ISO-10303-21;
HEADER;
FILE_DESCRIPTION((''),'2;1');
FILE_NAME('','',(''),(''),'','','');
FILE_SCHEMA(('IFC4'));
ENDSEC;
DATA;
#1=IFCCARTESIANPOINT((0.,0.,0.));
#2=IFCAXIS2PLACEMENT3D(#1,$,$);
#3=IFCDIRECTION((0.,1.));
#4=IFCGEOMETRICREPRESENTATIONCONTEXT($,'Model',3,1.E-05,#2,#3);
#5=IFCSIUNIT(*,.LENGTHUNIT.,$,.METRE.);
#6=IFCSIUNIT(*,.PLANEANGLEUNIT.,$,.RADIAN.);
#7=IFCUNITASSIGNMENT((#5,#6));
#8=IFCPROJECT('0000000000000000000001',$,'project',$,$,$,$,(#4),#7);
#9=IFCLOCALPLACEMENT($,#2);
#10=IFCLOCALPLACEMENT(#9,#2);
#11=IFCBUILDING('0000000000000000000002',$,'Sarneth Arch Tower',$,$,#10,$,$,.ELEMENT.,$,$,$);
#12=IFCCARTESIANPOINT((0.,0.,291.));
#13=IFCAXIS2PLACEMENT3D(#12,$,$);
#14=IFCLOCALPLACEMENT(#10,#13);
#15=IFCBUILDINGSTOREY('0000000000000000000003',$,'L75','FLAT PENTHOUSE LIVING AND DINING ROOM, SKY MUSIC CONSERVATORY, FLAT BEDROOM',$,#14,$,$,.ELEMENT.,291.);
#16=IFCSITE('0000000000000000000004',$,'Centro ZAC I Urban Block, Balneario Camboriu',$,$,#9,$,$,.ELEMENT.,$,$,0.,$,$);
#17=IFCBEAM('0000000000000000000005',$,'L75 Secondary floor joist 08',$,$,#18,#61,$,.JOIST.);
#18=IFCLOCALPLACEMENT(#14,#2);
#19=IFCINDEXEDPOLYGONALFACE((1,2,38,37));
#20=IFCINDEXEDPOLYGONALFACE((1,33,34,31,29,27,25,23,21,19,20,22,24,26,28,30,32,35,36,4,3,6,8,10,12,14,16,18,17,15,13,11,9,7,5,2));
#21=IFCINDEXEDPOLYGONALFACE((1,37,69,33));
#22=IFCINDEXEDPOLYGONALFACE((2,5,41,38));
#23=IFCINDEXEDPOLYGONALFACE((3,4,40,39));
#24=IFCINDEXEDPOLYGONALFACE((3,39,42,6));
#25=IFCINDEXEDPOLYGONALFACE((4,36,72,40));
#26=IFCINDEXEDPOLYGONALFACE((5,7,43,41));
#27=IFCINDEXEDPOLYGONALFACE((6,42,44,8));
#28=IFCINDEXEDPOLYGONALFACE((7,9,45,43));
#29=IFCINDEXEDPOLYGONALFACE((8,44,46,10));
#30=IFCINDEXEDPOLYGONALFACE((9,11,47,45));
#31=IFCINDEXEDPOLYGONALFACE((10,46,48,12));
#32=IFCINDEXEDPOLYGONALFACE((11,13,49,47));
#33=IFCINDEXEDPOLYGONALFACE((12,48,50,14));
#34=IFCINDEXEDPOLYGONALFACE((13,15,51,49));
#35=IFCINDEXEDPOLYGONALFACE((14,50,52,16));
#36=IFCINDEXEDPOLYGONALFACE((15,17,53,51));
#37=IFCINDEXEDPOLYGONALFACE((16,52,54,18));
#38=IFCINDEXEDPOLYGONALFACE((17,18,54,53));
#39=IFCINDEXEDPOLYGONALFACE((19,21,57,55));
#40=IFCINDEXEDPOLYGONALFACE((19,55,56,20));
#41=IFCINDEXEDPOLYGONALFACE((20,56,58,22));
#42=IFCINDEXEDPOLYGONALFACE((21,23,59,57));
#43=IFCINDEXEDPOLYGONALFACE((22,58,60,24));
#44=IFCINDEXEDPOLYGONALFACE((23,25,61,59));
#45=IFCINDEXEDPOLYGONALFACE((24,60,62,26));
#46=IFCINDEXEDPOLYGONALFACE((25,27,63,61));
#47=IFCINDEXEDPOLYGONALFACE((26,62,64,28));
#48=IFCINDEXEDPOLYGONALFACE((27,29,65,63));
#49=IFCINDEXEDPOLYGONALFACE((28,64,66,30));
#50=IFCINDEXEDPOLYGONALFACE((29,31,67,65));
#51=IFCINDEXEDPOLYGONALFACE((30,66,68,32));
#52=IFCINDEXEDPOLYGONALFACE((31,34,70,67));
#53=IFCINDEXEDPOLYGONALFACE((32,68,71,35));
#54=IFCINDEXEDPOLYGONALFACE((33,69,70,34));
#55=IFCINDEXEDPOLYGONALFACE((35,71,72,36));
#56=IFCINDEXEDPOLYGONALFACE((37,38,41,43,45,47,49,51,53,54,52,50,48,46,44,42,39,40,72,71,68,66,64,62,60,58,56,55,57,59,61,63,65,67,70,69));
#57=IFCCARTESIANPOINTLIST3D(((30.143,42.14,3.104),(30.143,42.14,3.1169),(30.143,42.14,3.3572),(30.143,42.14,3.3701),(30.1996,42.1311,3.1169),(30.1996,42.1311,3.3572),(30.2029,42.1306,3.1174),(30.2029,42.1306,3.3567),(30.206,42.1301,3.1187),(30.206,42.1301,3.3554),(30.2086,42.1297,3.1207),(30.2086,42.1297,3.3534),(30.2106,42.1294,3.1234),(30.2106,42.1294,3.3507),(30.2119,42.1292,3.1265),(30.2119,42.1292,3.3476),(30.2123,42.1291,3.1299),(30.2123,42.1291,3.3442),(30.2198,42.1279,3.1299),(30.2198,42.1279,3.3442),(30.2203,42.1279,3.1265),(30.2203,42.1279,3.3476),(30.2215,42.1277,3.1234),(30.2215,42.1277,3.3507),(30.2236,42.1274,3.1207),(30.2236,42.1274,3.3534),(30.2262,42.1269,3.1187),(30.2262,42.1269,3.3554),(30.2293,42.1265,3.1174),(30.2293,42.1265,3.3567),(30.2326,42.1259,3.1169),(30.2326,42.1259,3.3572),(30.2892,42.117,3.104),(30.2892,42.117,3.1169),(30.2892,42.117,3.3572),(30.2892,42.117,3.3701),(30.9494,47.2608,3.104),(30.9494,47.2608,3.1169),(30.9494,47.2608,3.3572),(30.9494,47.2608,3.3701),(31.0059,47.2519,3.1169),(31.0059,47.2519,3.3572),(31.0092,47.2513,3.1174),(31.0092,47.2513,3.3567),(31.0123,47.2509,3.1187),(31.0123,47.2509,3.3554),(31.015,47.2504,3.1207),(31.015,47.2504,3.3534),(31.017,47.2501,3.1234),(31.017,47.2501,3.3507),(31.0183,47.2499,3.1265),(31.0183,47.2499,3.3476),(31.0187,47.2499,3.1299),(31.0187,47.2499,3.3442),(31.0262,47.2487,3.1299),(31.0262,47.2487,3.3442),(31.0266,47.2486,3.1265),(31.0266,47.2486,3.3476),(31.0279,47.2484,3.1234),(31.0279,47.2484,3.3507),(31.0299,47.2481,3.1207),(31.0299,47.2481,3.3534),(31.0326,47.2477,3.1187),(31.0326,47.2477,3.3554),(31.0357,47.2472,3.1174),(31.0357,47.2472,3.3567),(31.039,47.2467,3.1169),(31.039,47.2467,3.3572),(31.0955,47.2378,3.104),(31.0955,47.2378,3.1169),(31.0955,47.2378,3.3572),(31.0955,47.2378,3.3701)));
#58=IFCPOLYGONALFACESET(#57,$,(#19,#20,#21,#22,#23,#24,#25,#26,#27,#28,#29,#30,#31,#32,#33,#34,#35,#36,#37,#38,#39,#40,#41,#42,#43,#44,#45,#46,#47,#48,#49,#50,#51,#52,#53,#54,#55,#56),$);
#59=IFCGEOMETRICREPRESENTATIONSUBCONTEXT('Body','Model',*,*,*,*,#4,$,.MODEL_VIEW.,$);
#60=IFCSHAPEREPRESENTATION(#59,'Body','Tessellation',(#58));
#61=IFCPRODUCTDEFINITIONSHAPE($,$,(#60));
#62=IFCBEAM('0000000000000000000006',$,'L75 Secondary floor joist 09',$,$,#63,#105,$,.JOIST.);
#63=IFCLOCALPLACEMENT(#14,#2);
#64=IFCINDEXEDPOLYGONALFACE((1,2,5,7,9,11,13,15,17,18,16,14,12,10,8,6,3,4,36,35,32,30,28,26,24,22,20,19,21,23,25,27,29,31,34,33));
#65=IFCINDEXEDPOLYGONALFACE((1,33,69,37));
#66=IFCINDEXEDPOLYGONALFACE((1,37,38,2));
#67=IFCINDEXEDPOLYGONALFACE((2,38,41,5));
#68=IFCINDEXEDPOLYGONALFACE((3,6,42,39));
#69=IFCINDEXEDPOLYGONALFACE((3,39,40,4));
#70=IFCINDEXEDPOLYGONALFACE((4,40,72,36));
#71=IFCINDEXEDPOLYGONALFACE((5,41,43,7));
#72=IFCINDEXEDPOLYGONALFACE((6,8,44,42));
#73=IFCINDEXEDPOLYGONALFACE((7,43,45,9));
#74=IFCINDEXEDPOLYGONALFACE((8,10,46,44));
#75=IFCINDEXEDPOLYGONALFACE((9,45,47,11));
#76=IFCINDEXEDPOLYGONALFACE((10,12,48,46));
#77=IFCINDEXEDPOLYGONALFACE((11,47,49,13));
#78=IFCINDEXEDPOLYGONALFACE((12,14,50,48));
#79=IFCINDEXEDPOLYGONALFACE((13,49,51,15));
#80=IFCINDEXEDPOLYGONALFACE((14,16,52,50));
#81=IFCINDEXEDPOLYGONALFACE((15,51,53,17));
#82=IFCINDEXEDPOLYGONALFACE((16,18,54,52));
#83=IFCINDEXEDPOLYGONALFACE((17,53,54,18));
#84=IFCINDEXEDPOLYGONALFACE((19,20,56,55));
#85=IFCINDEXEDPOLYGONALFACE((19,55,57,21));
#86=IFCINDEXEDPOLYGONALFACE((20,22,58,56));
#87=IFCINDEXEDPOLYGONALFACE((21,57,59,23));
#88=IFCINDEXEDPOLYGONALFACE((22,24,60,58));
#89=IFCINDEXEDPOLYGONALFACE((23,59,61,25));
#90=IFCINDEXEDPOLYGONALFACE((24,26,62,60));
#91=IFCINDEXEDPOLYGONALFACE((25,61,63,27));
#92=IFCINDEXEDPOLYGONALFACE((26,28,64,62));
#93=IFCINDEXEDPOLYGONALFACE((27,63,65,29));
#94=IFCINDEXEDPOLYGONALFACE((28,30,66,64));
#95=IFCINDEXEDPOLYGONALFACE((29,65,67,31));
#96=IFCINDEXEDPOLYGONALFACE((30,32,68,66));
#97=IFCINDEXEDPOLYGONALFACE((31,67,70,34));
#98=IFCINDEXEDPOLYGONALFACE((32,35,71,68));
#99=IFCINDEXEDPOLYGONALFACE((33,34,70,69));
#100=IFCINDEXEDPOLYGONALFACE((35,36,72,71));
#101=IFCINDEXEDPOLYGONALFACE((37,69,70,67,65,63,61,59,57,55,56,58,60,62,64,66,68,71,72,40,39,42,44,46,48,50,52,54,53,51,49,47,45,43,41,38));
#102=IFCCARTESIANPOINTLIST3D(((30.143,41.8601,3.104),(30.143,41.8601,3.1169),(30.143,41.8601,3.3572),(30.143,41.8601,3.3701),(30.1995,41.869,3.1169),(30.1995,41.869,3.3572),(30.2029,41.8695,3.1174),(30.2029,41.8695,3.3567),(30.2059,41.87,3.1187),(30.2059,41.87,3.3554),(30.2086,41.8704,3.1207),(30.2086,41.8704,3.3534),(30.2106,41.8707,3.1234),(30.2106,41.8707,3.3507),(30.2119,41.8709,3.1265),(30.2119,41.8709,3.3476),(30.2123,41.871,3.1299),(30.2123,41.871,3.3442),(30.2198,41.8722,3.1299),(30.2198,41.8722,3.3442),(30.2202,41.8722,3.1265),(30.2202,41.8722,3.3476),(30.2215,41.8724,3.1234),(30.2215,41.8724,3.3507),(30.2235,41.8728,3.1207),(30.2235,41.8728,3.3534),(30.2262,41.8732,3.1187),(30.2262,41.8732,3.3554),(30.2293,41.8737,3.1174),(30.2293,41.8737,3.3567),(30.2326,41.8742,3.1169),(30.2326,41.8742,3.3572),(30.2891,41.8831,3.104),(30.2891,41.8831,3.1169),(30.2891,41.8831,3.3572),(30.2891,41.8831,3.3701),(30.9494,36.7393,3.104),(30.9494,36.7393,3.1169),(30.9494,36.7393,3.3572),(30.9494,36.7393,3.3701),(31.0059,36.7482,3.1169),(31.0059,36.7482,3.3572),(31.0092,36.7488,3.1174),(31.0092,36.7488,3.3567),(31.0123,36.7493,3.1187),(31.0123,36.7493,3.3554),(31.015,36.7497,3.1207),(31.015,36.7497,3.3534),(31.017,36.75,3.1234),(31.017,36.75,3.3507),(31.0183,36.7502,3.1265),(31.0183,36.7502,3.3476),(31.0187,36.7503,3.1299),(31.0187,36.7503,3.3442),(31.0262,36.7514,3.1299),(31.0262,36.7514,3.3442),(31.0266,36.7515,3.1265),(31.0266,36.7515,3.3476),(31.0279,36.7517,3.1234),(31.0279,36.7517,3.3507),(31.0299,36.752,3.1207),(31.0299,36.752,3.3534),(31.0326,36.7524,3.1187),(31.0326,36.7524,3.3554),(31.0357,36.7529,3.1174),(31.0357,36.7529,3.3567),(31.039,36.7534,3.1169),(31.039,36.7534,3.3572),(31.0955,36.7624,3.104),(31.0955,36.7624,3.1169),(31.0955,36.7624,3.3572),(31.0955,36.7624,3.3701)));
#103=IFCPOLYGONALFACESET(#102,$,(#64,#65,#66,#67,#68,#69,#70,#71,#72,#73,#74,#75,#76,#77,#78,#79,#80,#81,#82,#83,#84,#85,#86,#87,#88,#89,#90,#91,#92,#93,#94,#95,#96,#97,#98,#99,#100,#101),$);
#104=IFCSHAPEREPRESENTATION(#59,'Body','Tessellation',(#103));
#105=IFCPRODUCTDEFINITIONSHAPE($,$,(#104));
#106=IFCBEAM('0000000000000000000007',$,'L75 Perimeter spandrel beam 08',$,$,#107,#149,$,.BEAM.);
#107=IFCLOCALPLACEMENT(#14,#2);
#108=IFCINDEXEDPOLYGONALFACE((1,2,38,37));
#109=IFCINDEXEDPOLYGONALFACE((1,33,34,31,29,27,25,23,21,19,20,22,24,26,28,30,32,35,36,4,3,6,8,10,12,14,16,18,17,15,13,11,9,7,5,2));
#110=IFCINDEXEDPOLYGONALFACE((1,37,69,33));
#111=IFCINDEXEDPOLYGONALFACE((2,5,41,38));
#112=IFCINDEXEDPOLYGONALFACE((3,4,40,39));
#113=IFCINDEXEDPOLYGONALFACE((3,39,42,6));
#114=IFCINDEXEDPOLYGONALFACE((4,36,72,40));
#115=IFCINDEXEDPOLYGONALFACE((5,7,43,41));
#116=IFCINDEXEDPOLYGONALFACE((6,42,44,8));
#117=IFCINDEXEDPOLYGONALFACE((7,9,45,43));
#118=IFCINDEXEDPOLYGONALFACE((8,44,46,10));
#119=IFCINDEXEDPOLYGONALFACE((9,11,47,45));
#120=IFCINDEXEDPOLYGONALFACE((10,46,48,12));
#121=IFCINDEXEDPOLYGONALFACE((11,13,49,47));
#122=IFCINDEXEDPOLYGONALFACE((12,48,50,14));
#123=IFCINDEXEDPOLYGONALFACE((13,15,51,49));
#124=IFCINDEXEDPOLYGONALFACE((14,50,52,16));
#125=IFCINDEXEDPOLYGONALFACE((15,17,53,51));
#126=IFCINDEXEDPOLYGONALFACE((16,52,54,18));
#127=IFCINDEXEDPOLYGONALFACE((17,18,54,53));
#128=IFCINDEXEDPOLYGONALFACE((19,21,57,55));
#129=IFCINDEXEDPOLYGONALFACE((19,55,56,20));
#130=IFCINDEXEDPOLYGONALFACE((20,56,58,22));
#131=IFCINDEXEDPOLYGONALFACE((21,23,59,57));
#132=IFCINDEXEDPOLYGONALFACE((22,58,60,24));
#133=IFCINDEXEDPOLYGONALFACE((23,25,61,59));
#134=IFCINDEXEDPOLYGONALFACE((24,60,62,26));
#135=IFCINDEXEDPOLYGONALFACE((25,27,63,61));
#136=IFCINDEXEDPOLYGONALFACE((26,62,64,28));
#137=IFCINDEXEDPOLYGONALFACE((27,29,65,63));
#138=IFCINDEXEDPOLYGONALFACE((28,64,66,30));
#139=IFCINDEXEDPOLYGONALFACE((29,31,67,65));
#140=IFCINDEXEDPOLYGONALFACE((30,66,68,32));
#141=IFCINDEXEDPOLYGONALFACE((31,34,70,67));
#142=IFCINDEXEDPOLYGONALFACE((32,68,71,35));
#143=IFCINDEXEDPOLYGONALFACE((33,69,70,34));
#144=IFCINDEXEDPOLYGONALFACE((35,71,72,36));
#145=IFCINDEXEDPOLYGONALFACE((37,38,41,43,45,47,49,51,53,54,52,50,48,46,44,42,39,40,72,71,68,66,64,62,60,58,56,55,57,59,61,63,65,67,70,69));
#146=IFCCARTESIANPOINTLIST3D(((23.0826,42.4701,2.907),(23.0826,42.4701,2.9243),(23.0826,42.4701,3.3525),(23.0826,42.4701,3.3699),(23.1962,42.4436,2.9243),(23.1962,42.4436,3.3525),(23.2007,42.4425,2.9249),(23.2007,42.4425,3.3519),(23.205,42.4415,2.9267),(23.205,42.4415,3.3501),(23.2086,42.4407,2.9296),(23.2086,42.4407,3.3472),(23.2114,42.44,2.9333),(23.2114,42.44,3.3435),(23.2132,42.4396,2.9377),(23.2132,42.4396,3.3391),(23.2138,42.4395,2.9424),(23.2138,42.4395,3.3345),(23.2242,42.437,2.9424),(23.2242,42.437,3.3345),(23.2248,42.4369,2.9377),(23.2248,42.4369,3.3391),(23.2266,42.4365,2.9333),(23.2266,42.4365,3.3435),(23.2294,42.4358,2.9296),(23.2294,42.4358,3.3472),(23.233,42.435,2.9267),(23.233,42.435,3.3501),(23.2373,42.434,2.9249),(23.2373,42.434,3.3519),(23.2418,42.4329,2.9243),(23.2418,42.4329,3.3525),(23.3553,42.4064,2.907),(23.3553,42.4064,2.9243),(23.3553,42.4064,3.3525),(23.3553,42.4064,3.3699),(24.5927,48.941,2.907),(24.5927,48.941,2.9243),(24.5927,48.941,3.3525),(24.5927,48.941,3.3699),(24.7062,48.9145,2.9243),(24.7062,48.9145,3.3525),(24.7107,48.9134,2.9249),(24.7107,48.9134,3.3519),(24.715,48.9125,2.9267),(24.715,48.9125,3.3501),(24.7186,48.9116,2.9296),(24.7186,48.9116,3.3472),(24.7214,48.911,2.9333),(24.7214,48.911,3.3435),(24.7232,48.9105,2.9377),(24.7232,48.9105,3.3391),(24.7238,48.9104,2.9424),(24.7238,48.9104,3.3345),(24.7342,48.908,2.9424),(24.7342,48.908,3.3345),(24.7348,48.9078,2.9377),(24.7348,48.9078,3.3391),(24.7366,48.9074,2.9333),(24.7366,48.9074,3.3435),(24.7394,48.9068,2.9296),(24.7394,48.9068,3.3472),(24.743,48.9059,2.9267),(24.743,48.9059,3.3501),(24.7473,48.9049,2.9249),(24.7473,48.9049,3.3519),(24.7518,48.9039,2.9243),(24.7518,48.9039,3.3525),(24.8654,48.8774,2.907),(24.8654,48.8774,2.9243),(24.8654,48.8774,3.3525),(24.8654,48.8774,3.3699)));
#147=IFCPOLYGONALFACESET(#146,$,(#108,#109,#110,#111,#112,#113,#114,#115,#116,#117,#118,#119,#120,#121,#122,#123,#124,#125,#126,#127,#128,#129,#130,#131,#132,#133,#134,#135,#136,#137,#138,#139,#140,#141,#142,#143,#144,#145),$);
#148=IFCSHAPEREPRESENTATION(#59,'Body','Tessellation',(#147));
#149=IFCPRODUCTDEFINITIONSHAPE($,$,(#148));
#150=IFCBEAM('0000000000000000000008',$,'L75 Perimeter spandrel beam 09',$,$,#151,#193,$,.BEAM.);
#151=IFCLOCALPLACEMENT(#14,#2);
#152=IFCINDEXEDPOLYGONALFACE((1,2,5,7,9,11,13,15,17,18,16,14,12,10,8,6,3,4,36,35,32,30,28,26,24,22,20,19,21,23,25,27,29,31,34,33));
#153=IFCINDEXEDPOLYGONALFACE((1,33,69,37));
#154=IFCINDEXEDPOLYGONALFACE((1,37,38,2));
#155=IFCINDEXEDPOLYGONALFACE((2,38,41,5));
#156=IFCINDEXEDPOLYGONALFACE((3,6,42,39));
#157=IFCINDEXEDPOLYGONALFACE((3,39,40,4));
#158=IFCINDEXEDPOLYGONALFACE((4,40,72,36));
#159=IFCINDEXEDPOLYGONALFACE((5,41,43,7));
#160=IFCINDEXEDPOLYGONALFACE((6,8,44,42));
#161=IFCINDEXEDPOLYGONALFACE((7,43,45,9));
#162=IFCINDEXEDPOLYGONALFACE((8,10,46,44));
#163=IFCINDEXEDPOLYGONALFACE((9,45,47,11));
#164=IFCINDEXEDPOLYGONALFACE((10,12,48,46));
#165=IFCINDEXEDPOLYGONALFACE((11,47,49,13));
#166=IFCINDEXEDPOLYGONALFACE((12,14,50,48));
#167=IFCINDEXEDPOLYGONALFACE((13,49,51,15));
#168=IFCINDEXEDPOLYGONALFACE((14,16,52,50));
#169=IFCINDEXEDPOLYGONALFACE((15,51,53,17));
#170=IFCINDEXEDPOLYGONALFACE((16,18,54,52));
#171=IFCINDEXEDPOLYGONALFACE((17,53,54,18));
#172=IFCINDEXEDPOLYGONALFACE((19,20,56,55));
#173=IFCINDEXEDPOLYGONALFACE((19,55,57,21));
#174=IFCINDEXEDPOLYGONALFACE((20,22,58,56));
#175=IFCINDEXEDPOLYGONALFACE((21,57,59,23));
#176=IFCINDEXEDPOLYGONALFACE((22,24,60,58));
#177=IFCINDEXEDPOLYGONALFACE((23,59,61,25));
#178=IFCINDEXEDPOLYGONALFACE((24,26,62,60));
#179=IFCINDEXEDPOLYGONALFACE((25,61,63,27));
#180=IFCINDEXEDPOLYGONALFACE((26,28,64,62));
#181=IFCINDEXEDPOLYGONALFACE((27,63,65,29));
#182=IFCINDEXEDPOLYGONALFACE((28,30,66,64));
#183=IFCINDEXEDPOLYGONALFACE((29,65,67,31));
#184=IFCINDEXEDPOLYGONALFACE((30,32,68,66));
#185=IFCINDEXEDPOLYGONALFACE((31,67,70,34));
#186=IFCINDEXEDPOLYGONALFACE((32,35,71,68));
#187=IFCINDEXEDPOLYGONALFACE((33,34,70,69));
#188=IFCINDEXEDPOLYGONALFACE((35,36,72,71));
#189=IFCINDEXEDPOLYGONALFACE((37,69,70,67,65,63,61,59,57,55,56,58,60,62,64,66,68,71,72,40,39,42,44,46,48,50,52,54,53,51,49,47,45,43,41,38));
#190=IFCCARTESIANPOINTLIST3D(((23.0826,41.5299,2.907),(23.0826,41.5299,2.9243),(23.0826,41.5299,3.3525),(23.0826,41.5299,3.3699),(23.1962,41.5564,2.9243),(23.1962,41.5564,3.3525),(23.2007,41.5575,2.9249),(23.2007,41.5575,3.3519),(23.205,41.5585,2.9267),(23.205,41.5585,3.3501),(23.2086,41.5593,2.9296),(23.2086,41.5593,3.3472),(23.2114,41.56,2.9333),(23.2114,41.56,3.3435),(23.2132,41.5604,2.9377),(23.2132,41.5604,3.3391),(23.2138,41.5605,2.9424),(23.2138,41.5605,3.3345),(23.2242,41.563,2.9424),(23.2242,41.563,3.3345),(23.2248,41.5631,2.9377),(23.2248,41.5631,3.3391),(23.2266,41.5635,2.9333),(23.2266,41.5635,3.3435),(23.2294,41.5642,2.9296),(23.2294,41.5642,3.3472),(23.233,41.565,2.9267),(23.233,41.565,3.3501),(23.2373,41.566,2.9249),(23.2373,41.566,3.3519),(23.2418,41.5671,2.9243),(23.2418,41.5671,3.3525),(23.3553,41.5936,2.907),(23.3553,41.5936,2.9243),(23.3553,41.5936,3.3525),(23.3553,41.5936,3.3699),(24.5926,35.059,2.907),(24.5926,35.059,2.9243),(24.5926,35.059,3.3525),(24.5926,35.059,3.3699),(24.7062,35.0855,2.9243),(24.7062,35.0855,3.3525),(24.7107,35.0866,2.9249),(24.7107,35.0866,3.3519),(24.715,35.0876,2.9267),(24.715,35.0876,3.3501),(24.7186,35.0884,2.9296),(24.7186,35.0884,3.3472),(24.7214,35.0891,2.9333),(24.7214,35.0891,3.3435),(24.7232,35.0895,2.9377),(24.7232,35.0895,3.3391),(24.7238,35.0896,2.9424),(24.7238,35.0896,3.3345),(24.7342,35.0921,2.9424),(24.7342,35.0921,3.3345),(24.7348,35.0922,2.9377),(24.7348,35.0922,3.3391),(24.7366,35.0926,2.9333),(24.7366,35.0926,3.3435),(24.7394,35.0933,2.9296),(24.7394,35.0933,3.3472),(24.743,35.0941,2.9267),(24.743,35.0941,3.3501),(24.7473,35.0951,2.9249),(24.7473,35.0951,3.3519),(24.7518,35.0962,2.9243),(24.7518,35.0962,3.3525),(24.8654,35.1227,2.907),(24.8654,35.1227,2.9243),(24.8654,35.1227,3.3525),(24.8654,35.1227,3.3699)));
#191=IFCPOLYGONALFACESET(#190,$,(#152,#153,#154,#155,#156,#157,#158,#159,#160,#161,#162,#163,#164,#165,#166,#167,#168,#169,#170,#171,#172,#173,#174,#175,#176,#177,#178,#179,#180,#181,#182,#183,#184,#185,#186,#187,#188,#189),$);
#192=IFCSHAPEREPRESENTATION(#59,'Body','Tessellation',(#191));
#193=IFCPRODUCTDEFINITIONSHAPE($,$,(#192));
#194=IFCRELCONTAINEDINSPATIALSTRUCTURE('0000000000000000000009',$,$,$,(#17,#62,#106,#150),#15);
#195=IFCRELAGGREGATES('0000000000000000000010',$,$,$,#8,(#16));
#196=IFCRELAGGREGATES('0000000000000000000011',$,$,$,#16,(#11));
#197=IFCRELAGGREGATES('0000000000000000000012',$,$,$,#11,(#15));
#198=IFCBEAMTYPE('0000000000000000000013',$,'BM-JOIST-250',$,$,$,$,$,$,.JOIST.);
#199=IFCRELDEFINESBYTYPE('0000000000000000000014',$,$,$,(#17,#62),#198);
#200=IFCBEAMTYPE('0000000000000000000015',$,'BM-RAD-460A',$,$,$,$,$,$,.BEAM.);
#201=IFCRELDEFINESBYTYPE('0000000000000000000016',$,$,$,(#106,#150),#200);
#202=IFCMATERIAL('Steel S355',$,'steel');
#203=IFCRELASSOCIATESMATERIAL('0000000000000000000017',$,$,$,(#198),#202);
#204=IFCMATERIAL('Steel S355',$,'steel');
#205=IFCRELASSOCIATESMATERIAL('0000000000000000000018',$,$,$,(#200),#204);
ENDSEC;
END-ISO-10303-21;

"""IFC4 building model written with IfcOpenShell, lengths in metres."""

from ifc_helpers import new_model, si_unit, direction, frame, origin, origin_2d, place, context, subcontext, project, spatial, i_section, extrude, material, material_profile, profile_set, type_object, element, save


model = new_model("IFC4")

# Units and contexts
model_context = context("Model", 3, precision=1e-05, world=origin(), true_north=direction((0.0, 1.0)))
body_context = subcontext(model_context, "Body", "Model", "MODEL_VIEW")
ifc_project = project(units=[si_unit("LENGTHUNIT", "METRE"), si_unit("PLANEANGLEUNIT", "RADIAN")], contexts=[model_context])

# Site, building, storey
site_placement = place(None, origin())
site = spatial("IfcSite", under=ifc_project, at=site_placement, Name="Centro ZAC I Urban Block, Balneario Camboriu", CompositionType="ELEMENT", RefElevation=0.0)
building_placement = place(site_placement, origin())
building = spatial("IfcBuilding", under=site, at=building_placement, Name="Sarneth Arch Tower", CompositionType="ELEMENT")
storey_placement = place(building_placement, frame((0.0, 0.0, 291.0)))
storey = spatial("IfcBuildingStorey", under=building, at=storey_placement, Name="L75", Description="FLAT PENTHOUSE LIVING AND DINING ROOM, SKY MUSIC CONSERVATORY, FLAT BEDROOM", CompositionType="ELEMENT", Elevation=291.0)

# Beams
ifc_material_1 = material(Name="Steel S355", Category="steel")
ifc_material_profile_1 = material_profile(ifc_material_1, i_section(OverallWidth=0.1479, OverallDepth=0.2661, WebThickness=0.0076, FlangeThickness=0.0129, FilletRadius=0.0129, at=origin_2d()), Name="W250x44.8")
ifc_profile_set_1 = profile_set([ifc_material_profile_1], Name="Steel S355")
beam_type_1 = type_object("IfcBeamType", Name="BM-JOIST-250", PredefinedType="JOIST", material=ifc_profile_set_1)
for number, where, z_axis, x_axis, name in (
    (1, (31.0225, 47.2493, 3.2371), (-0.155556, -0.987827, 0.0), (0.987827, -0.155556, 0.0), "L75 Secondary floor joist 08"),
    (2, (30.2161, 41.8716, 3.2371), (0.155556, -0.987827, 0.0), (0.987827, 0.155556, 0.0), "L75 Secondary floor joist 09"),
):
    element("IfcBeam", number, at=place(storey_placement, frame(where, z_axis=z_axis, x_axis=x_axis)), inside=storey, type_object=beam_type_1, Name=name, PredefinedType="JOIST", context=body_context, shape_type="SweptSolid", body=[
        extrude(i_section(OverallWidth=0.1479, OverallDepth=0.2661, WebThickness=0.0076, FlangeThickness=0.0129, FilletRadius=0.0129, at=origin_2d()), origin(), (0.0, 0.0, 1.0), 5.1838),
    ])
ifc_material_2 = material(Name="Steel S355", Category="steel")
ifc_material_profile_2 = material_profile(ifc_material_2, i_section(OverallWidth=0.28, OverallDepth=0.4629, WebThickness=0.0107, FlangeThickness=0.0173, FilletRadius=0.0181, at=origin_2d()), Name="W460x113")
ifc_profile_set_2 = profile_set([ifc_material_profile_2], Name="Steel S355")
beam_type_2 = type_object("IfcBeamType", Name="BM-RAD-460A", PredefinedType="BEAM", material=ifc_profile_set_2)
for number, where, z_axis, x_axis, name in (
    (3, (24.729, 48.9092, 3.1384), (-0.227247, -0.973837, 0.0), (0.973837, -0.227247, 0.0), "L75 Perimeter spandrel beam 08"),
    (4, (23.219, 41.5618, 3.1384), (0.227247, -0.973837, 0.0), (0.973837, 0.227247, 0.0), "L75 Perimeter spandrel beam 09"),
):
    element("IfcBeam", number, at=place(storey_placement, frame(where, z_axis=z_axis, x_axis=x_axis)), inside=storey, type_object=beam_type_2, Name=name, PredefinedType="BEAM", context=body_context, shape_type="SweptSolid", body=[
        extrude(i_section(OverallWidth=0.28, OverallDepth=0.4629, WebThickness=0.0107, FlangeThickness=0.0173, FilletRadius=0.0181, at=origin_2d()), origin(), (0.0, 0.0, 1.0), 6.6448),
    ])

save(model, "model.ifc")
